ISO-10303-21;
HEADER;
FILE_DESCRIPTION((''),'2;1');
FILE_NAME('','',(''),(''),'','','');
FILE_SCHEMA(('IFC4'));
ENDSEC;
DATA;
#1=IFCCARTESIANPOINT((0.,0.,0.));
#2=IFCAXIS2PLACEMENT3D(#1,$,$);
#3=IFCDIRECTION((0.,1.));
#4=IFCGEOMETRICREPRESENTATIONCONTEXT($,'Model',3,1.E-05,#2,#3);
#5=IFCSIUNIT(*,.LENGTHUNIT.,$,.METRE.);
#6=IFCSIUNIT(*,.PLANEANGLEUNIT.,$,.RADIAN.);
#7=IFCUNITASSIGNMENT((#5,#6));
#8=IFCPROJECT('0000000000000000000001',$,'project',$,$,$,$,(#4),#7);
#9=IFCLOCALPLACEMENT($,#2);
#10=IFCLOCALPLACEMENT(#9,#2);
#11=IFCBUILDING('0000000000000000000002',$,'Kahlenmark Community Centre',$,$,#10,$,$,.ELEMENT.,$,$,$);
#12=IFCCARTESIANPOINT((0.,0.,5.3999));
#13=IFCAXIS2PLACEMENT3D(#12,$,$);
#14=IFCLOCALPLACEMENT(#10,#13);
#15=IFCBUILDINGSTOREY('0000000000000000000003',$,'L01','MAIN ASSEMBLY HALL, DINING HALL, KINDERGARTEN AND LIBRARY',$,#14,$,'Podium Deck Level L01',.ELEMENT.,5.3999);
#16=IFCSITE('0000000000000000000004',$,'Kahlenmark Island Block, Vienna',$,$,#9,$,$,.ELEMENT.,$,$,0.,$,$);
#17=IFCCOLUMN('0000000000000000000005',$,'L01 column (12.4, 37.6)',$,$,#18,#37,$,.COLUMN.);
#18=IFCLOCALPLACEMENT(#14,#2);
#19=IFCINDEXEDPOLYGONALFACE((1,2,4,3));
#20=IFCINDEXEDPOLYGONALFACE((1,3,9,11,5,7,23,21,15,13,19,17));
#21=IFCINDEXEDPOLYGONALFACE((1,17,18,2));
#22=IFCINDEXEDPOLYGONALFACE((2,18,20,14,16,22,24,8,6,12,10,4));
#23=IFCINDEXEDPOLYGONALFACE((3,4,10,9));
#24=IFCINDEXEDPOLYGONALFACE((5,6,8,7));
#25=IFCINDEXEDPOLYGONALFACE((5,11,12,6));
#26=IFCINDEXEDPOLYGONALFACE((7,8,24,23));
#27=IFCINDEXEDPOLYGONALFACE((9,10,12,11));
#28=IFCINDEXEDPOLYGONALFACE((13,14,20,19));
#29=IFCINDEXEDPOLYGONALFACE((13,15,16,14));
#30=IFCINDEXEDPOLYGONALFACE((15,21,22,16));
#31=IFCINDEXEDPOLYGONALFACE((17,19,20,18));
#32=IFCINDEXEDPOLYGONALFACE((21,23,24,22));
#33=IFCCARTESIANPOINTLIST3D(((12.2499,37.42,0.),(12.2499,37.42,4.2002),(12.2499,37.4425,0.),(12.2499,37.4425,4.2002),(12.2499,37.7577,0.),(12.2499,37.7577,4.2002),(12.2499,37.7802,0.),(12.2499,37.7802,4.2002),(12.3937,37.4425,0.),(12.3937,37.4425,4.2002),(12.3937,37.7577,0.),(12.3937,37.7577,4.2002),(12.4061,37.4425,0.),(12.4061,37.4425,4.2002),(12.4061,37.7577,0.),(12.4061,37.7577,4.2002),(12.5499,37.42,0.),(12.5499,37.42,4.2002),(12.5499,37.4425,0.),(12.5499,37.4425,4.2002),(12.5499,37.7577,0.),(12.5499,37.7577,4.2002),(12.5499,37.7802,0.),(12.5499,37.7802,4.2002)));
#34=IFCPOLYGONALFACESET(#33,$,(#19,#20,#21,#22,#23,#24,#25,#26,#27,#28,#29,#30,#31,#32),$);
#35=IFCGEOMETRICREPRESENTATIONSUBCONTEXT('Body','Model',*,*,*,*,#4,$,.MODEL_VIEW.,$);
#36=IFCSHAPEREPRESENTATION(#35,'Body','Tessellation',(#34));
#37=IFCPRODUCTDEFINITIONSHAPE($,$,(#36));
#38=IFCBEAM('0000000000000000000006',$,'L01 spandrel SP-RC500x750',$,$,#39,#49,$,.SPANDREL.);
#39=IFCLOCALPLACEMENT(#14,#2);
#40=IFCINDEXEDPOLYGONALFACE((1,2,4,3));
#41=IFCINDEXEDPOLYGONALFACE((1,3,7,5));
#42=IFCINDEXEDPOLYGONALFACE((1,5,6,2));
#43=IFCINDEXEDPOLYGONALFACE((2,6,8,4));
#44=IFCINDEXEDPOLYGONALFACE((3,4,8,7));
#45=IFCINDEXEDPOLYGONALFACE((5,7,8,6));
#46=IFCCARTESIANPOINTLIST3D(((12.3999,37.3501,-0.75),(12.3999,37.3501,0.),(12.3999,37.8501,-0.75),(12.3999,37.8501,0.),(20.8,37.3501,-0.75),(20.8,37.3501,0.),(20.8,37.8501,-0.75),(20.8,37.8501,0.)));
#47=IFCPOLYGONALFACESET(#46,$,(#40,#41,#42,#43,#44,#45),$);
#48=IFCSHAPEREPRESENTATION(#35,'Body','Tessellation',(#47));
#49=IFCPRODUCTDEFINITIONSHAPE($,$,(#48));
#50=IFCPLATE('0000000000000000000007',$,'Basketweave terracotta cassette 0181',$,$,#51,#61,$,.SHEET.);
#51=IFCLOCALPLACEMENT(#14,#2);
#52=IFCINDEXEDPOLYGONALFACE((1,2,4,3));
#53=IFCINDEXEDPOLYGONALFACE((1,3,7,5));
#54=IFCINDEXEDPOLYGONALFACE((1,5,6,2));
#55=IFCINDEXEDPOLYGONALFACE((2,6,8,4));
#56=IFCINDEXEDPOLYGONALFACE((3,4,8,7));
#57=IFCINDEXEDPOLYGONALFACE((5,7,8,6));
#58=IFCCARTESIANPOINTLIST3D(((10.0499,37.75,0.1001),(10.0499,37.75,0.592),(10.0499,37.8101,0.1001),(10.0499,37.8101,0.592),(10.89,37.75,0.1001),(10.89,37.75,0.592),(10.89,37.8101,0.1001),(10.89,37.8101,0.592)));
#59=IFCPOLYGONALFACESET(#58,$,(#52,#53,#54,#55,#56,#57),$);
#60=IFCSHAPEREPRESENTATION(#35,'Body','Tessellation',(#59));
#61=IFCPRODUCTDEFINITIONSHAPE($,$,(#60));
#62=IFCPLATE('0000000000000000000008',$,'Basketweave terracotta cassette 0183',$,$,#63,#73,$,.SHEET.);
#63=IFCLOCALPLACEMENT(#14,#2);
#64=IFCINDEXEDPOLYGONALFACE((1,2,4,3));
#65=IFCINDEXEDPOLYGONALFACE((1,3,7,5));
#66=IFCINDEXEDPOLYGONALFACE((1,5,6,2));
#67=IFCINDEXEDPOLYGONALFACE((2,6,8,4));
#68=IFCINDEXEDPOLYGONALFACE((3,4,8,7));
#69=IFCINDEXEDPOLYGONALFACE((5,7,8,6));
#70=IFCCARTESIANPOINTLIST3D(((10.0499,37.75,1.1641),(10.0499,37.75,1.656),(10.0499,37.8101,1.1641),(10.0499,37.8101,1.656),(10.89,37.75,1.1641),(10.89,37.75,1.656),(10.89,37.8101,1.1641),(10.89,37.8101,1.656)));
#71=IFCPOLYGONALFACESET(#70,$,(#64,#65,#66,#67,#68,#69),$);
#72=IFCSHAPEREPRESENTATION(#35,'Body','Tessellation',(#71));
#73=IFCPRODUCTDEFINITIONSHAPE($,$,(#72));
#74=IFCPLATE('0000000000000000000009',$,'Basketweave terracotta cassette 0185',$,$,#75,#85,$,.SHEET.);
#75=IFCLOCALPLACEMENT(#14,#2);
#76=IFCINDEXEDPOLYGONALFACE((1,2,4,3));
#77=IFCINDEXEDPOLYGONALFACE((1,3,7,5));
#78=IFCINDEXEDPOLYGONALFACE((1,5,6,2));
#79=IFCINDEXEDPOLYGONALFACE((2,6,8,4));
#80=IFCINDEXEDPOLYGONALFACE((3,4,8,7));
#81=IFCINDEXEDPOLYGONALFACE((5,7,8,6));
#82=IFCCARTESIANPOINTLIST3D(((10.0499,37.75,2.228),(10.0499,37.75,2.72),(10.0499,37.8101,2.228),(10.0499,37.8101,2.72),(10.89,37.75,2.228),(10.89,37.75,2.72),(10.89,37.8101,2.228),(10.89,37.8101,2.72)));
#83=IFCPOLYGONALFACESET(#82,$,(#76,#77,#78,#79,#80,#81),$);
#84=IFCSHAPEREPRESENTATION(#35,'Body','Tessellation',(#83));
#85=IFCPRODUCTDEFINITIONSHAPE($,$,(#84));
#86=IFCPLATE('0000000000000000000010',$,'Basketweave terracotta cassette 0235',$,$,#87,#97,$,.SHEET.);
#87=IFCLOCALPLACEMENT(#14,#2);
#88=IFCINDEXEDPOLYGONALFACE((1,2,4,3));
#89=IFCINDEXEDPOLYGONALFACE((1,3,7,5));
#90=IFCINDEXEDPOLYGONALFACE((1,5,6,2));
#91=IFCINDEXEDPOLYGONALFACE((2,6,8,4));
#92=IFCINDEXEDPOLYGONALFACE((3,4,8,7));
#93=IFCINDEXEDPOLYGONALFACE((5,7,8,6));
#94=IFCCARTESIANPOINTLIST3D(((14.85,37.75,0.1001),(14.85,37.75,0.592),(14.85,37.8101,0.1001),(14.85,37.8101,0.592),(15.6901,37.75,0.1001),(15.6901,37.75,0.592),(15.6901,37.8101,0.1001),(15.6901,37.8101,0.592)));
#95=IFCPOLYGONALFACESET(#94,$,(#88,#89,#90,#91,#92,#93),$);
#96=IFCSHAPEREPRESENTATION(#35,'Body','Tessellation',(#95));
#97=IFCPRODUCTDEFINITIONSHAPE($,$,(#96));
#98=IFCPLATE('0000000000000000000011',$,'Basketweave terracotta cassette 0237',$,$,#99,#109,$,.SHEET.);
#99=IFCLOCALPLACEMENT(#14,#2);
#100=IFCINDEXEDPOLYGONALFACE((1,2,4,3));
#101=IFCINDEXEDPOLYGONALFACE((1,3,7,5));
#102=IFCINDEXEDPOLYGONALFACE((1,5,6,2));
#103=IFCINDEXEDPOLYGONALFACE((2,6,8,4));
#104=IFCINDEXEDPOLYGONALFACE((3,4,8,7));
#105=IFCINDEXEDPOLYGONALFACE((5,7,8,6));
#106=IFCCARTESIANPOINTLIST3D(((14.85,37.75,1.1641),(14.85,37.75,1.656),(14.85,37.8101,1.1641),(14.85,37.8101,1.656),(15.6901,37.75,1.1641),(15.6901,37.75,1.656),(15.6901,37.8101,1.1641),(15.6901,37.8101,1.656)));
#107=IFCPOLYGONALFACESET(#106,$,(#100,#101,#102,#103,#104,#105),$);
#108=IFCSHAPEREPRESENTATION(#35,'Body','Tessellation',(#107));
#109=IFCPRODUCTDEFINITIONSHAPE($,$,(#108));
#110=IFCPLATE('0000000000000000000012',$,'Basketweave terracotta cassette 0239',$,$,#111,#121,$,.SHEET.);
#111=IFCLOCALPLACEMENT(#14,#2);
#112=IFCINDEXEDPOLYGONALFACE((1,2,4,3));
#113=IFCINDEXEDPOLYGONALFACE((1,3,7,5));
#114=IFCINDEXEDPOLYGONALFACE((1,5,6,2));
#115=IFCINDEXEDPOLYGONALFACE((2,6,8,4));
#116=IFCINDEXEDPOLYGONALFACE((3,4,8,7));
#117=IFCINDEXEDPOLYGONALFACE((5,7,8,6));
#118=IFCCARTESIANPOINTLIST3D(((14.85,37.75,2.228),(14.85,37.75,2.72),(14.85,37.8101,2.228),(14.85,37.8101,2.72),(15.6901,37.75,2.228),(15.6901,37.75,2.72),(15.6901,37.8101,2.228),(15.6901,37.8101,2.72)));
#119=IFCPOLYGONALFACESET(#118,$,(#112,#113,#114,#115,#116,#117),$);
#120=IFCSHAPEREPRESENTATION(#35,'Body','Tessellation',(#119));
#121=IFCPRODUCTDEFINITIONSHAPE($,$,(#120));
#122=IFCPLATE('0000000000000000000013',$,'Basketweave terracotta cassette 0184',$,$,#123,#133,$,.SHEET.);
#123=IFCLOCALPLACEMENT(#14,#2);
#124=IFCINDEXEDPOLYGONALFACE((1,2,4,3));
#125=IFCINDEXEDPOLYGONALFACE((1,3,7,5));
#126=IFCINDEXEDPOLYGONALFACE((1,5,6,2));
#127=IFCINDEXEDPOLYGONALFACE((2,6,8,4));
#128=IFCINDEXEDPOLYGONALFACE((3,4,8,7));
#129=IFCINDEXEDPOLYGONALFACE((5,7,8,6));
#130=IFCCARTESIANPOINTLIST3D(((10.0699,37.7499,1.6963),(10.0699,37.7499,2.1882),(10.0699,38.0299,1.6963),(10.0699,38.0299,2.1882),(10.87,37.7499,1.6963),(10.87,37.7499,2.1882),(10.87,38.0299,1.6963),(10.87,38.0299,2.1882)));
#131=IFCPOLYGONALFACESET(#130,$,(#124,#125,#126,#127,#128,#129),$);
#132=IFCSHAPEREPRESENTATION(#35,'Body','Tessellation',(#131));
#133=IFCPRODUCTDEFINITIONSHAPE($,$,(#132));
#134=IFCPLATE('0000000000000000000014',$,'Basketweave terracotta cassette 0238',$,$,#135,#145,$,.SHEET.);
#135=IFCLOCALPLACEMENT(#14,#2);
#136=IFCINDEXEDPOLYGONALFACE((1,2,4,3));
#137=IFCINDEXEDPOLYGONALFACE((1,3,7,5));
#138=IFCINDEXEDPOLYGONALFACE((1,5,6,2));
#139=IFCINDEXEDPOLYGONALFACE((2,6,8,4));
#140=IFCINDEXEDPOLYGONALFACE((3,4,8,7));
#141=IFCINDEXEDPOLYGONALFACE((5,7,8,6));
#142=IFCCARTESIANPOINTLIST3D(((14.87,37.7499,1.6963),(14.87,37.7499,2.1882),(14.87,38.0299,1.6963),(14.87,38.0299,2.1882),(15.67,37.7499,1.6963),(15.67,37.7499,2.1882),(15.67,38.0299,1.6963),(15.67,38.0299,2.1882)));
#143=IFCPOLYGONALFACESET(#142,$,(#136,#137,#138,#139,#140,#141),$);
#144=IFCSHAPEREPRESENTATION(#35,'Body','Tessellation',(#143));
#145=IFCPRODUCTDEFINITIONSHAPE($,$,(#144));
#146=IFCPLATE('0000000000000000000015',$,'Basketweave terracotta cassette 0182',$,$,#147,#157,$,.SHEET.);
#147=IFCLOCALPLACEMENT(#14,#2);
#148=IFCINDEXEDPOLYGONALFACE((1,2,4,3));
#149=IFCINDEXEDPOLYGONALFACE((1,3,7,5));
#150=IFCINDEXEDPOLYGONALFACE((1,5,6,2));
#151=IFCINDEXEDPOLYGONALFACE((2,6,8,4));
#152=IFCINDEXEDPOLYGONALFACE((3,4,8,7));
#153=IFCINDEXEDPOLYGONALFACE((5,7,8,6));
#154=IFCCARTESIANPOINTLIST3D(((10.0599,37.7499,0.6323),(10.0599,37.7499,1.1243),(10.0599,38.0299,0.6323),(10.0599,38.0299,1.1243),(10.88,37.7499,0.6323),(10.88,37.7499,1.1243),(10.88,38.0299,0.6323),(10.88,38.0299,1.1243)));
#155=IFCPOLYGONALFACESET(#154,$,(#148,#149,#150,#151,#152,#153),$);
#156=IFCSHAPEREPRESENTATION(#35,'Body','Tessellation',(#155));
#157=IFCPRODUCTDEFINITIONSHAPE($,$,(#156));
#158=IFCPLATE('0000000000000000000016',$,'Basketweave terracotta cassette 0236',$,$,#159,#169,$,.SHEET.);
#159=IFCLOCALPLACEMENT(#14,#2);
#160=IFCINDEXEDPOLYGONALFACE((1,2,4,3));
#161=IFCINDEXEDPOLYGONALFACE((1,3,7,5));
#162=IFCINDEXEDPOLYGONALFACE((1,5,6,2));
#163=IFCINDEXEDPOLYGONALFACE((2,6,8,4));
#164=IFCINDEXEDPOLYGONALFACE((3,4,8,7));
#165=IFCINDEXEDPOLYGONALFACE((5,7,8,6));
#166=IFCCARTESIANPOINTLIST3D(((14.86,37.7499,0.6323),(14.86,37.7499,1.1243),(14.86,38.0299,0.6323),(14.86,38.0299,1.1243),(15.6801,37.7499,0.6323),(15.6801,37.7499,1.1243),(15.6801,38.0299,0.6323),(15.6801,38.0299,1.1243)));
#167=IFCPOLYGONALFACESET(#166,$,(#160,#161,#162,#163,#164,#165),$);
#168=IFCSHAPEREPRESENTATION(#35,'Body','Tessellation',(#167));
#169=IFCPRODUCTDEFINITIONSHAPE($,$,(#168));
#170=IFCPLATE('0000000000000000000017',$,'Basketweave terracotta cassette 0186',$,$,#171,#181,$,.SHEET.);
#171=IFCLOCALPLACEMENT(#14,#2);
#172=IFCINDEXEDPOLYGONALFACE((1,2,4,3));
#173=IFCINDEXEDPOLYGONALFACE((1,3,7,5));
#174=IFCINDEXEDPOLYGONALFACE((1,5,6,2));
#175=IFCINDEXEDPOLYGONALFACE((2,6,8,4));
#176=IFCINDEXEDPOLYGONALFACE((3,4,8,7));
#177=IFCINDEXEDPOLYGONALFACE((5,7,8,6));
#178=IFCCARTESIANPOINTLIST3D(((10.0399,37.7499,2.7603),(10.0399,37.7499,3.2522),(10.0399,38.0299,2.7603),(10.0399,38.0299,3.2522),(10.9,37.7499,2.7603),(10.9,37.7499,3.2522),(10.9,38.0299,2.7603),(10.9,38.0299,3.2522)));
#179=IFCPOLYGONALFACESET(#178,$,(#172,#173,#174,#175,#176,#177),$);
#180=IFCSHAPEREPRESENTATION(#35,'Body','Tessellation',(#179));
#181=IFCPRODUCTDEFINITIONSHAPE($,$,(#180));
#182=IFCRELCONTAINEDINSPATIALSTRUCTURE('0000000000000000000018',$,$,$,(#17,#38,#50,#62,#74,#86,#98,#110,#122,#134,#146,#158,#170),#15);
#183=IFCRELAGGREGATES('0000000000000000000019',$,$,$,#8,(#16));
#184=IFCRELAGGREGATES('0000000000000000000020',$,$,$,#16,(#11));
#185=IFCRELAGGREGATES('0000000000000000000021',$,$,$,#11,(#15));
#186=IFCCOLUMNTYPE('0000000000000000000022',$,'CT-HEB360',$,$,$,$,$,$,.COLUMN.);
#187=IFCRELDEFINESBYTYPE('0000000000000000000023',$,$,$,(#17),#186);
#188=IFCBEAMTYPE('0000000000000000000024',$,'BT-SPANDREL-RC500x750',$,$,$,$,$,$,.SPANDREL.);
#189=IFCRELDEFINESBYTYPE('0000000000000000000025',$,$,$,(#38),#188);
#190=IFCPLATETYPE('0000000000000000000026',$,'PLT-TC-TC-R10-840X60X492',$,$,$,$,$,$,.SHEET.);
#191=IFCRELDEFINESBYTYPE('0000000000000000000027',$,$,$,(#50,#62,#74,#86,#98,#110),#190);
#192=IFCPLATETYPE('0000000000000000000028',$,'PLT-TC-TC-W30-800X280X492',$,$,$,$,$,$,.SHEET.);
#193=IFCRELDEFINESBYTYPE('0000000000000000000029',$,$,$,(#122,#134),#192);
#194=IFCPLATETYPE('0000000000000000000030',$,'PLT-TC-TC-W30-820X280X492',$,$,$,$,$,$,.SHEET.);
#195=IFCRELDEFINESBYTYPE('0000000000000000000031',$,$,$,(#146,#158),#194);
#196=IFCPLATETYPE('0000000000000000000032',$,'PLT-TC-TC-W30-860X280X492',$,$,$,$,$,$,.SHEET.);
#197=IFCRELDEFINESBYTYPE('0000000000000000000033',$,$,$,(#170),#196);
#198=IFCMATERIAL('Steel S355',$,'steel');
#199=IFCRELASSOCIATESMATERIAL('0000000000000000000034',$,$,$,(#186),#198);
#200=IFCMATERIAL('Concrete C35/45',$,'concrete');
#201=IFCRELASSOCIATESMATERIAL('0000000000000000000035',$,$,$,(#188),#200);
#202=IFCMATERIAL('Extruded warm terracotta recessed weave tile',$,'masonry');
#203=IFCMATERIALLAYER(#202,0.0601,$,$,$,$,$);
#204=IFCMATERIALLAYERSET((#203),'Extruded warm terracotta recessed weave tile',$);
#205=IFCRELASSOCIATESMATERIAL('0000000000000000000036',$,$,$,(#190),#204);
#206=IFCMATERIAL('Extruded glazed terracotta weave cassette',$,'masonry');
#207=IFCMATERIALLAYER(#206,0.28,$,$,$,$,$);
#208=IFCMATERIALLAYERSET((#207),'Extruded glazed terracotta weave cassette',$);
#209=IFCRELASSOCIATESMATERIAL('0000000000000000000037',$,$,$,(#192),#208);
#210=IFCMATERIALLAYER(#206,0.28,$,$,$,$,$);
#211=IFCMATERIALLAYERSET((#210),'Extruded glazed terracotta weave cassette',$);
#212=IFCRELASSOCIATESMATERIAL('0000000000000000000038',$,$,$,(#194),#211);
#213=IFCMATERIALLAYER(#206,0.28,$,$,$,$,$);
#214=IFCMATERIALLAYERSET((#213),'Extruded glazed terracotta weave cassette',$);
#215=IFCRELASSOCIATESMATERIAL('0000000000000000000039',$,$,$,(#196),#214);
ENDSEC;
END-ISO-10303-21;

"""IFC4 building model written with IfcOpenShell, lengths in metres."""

from ifc_helpers import new_model, si_unit, direction, frame, origin, origin_2d, place, context, subcontext, project, spatial, rectangle, i_section, extrude, material, layer, layer_set, material_profile, profile_set, type_object, element, save


model = new_model("IFC4")

# Units and contexts
model_context = context("Model", 3, precision=1e-05, world=origin(), true_north=direction((0.0, 1.0)))
body_context = subcontext(model_context, "Body", "Model", "MODEL_VIEW")
ifc_project = project(units=[si_unit("LENGTHUNIT", "METRE"), si_unit("PLANEANGLEUNIT", "RADIAN")], contexts=[model_context])

# Site, building, storey
site_placement = place(None, origin())
site = spatial("IfcSite", under=ifc_project, at=site_placement, Name="Kahlenmark Island Block, Vienna", CompositionType="ELEMENT", RefElevation=0.0)
building_placement = place(site_placement, origin())
building = spatial("IfcBuilding", under=site, at=building_placement, Name="Kahlenmark Community Centre", CompositionType="ELEMENT")
storey_placement = place(building_placement, frame((0.0, 0.0, 5.3999)))
storey = spatial("IfcBuildingStorey", under=building, at=storey_placement, Name="L01", Description="MAIN ASSEMBLY HALL, DINING HALL, KINDERGARTEN AND LIBRARY", LongName="Podium Deck Level L01", CompositionType="ELEMENT", Elevation=5.3999)

# Column
ifc_material_1 = material(Name="Steel S355", Category="steel")
ifc_material_profile_1 = material_profile(ifc_material_1, i_section(OverallWidth=0.3, OverallDepth=0.3601, WebThickness=0.0125, FlangeThickness=0.0225, at=origin_2d()), Name="HEB 360")
ifc_profile_set_1 = profile_set([ifc_material_profile_1], Name="Steel S355")
column_type = type_object("IfcColumnType", Name="CT-HEB360", PredefinedType="COLUMN", material=ifc_profile_set_1)
column_placement = place(storey_placement, frame((12.3999, 37.6001, 0.0), z_axis=(0.0, 0.0, 1.0), x_axis=(1.0, 0.0, 0.0)))
element("IfcColumn", 1, at=column_placement, inside=storey, type_object=column_type, Name="L01 column (12.4, 37.6)", PredefinedType="COLUMN", context=body_context, shape_type="SweptSolid", body=[
    extrude(i_section(OverallWidth=0.3, OverallDepth=0.3601, WebThickness=0.0125, FlangeThickness=0.0225, at=origin_2d()), origin(), (0.0, 0.0, 1.0), 4.2002),
])

# Beam
ifc_material_2 = material(Name="Concrete C35/45", Category="concrete")
ifc_material_profile_2 = material_profile(ifc_material_2, rectangle(XDim=0.5, YDim=0.75, at=origin_2d()), Name="RC 500x750")
ifc_profile_set_2 = profile_set([ifc_material_profile_2], Name="Concrete C35/45")
beam_type = type_object("IfcBeamType", Name="BT-SPANDREL-RC500x750", PredefinedType="SPANDREL", material=ifc_profile_set_2)
beam_placement = place(storey_placement, frame((12.3999, 37.6001, -0.375), z_axis=(1.0, 0.0, 0.0), x_axis=(0.0, 1.0, 0.0)))
element("IfcBeam", 2, at=beam_placement, inside=storey, type_object=beam_type, Name="L01 spandrel SP-RC500x750", PredefinedType="SPANDREL", context=body_context, shape_type="SweptSolid", body=[
    extrude(rectangle(XDim=0.5, YDim=0.75, at=origin_2d()), origin(), (0.0, 0.0, 1.0), 8.4001),
])

# Plates
ifc_material_3 = material(Name="Extruded warm terracotta recessed weave tile", Category="masonry")
ifc_layer_1 = layer(ifc_material_3, 0.0601)
ifc_layer_set_1 = layer_set([ifc_layer_1], Name="Extruded warm terracotta recessed weave tile")
plate_type_1 = type_object("IfcPlateType", Name="PLT-TC-TC-R10-840X60X492", PredefinedType="SHEET", material=ifc_layer_set_1)
for number, where, z_axis, x_axis, name in (
    (3, (10.47, 37.78, 0.1001), (0.0, 0.0, 1.0), (-1.0, 0.0, 0.0), "Basketweave terracotta cassette 0181"),
    (4, (10.47, 37.78, 1.1641), (0.0, 0.0, 1.0), (-1.0, 0.0, 0.0), "Basketweave terracotta cassette 0183"),
    (5, (10.47, 37.78, 2.228), (0.0, 0.0, 1.0), (-1.0, 0.0, 0.0), "Basketweave terracotta cassette 0185"),
    (6, (15.27, 37.78, 0.1001), (0.0, 0.0, 1.0), (-1.0, 0.0, 0.0), "Basketweave terracotta cassette 0235"),
    (7, (15.27, 37.78, 1.1641), (0.0, 0.0, 1.0), (-1.0, 0.0, 0.0), "Basketweave terracotta cassette 0237"),
    (8, (15.27, 37.78, 2.228), (0.0, 0.0, 1.0), (-1.0, 0.0, 0.0), "Basketweave terracotta cassette 0239"),
):
    element("IfcPlate", number, at=place(storey_placement, frame(where, z_axis=z_axis, x_axis=x_axis)), inside=storey, type_object=plate_type_1, Name=name, PredefinedType="SHEET", context=body_context, shape_type="SweptSolid", body=[
        extrude(rectangle(XDim=0.8401, YDim=0.0601, at=origin_2d()), origin(), (0.0, 0.0, 1.0), 0.4919),
    ])
ifc_material_4 = material(Name="Extruded glazed terracotta weave cassette", Category="masonry")
ifc_layer_2 = layer(ifc_material_4, 0.28)
ifc_layer_set_2 = layer_set([ifc_layer_2], Name="Extruded glazed terracotta weave cassette")
plate_type_2 = type_object("IfcPlateType", Name="PLT-TC-TC-W30-800X280X492", PredefinedType="SHEET", material=ifc_layer_set_2)
for number, where, z_axis, x_axis, name in (
    (9, (10.47, 37.8899, 1.6963), (0.0, 0.0, 1.0), (-1.0, 0.0, 0.0), "Basketweave terracotta cassette 0184"),
    (10, (15.27, 37.8899, 1.6963), (0.0, 0.0, 1.0), (-1.0, 0.0, 0.0), "Basketweave terracotta cassette 0238"),
):
    element("IfcPlate", number, at=place(storey_placement, frame(where, z_axis=z_axis, x_axis=x_axis)), inside=storey, type_object=plate_type_2, Name=name, PredefinedType="SHEET", context=body_context, shape_type="SweptSolid", body=[
        extrude(rectangle(XDim=0.8, YDim=0.28, at=origin_2d()), origin(), (0.0, 0.0, 1.0), 0.4919),
    ])
ifc_layer_3 = layer(ifc_material_4, 0.28)
ifc_layer_set_3 = layer_set([ifc_layer_3], Name="Extruded glazed terracotta weave cassette")
plate_type_3 = type_object("IfcPlateType", Name="PLT-TC-TC-W30-820X280X492", PredefinedType="SHEET", material=ifc_layer_set_3)
for number, where, z_axis, x_axis, name in (
    (11, (10.47, 37.8899, 0.6323), (0.0, 0.0, 1.0), (-1.0, 0.0, 0.0), "Basketweave terracotta cassette 0182"),
    (12, (15.27, 37.8899, 0.6323), (0.0, 0.0, 1.0), (-1.0, 0.0, 0.0), "Basketweave terracotta cassette 0236"),
):
    element("IfcPlate", number, at=place(storey_placement, frame(where, z_axis=z_axis, x_axis=x_axis)), inside=storey, type_object=plate_type_3, Name=name, PredefinedType="SHEET", context=body_context, shape_type="SweptSolid", body=[
        extrude(rectangle(XDim=0.8201, YDim=0.28, at=origin_2d()), origin(), (0.0, 0.0, 1.0), 0.4919),
    ])
ifc_layer_4 = layer(ifc_material_4, 0.28)
ifc_layer_set_4 = layer_set([ifc_layer_4], Name="Extruded glazed terracotta weave cassette")
plate_type_4 = type_object("IfcPlateType", Name="PLT-TC-TC-W30-860X280X492", PredefinedType="SHEET", material=ifc_layer_set_4)
plate_placement = place(storey_placement, frame((10.47, 37.8899, 2.7603), z_axis=(0.0, 0.0, 1.0), x_axis=(-1.0, 0.0, 0.0)))
element("IfcPlate", 13, at=plate_placement, inside=storey, type_object=plate_type_4, Name="Basketweave terracotta cassette 0186", PredefinedType="SHEET", context=body_context, shape_type="SweptSolid", body=[
    extrude(rectangle(XDim=0.8601, YDim=0.28, at=origin_2d()), origin(), (0.0, 0.0, 1.0), 0.4919),
])

save(model, "model.ifc")
